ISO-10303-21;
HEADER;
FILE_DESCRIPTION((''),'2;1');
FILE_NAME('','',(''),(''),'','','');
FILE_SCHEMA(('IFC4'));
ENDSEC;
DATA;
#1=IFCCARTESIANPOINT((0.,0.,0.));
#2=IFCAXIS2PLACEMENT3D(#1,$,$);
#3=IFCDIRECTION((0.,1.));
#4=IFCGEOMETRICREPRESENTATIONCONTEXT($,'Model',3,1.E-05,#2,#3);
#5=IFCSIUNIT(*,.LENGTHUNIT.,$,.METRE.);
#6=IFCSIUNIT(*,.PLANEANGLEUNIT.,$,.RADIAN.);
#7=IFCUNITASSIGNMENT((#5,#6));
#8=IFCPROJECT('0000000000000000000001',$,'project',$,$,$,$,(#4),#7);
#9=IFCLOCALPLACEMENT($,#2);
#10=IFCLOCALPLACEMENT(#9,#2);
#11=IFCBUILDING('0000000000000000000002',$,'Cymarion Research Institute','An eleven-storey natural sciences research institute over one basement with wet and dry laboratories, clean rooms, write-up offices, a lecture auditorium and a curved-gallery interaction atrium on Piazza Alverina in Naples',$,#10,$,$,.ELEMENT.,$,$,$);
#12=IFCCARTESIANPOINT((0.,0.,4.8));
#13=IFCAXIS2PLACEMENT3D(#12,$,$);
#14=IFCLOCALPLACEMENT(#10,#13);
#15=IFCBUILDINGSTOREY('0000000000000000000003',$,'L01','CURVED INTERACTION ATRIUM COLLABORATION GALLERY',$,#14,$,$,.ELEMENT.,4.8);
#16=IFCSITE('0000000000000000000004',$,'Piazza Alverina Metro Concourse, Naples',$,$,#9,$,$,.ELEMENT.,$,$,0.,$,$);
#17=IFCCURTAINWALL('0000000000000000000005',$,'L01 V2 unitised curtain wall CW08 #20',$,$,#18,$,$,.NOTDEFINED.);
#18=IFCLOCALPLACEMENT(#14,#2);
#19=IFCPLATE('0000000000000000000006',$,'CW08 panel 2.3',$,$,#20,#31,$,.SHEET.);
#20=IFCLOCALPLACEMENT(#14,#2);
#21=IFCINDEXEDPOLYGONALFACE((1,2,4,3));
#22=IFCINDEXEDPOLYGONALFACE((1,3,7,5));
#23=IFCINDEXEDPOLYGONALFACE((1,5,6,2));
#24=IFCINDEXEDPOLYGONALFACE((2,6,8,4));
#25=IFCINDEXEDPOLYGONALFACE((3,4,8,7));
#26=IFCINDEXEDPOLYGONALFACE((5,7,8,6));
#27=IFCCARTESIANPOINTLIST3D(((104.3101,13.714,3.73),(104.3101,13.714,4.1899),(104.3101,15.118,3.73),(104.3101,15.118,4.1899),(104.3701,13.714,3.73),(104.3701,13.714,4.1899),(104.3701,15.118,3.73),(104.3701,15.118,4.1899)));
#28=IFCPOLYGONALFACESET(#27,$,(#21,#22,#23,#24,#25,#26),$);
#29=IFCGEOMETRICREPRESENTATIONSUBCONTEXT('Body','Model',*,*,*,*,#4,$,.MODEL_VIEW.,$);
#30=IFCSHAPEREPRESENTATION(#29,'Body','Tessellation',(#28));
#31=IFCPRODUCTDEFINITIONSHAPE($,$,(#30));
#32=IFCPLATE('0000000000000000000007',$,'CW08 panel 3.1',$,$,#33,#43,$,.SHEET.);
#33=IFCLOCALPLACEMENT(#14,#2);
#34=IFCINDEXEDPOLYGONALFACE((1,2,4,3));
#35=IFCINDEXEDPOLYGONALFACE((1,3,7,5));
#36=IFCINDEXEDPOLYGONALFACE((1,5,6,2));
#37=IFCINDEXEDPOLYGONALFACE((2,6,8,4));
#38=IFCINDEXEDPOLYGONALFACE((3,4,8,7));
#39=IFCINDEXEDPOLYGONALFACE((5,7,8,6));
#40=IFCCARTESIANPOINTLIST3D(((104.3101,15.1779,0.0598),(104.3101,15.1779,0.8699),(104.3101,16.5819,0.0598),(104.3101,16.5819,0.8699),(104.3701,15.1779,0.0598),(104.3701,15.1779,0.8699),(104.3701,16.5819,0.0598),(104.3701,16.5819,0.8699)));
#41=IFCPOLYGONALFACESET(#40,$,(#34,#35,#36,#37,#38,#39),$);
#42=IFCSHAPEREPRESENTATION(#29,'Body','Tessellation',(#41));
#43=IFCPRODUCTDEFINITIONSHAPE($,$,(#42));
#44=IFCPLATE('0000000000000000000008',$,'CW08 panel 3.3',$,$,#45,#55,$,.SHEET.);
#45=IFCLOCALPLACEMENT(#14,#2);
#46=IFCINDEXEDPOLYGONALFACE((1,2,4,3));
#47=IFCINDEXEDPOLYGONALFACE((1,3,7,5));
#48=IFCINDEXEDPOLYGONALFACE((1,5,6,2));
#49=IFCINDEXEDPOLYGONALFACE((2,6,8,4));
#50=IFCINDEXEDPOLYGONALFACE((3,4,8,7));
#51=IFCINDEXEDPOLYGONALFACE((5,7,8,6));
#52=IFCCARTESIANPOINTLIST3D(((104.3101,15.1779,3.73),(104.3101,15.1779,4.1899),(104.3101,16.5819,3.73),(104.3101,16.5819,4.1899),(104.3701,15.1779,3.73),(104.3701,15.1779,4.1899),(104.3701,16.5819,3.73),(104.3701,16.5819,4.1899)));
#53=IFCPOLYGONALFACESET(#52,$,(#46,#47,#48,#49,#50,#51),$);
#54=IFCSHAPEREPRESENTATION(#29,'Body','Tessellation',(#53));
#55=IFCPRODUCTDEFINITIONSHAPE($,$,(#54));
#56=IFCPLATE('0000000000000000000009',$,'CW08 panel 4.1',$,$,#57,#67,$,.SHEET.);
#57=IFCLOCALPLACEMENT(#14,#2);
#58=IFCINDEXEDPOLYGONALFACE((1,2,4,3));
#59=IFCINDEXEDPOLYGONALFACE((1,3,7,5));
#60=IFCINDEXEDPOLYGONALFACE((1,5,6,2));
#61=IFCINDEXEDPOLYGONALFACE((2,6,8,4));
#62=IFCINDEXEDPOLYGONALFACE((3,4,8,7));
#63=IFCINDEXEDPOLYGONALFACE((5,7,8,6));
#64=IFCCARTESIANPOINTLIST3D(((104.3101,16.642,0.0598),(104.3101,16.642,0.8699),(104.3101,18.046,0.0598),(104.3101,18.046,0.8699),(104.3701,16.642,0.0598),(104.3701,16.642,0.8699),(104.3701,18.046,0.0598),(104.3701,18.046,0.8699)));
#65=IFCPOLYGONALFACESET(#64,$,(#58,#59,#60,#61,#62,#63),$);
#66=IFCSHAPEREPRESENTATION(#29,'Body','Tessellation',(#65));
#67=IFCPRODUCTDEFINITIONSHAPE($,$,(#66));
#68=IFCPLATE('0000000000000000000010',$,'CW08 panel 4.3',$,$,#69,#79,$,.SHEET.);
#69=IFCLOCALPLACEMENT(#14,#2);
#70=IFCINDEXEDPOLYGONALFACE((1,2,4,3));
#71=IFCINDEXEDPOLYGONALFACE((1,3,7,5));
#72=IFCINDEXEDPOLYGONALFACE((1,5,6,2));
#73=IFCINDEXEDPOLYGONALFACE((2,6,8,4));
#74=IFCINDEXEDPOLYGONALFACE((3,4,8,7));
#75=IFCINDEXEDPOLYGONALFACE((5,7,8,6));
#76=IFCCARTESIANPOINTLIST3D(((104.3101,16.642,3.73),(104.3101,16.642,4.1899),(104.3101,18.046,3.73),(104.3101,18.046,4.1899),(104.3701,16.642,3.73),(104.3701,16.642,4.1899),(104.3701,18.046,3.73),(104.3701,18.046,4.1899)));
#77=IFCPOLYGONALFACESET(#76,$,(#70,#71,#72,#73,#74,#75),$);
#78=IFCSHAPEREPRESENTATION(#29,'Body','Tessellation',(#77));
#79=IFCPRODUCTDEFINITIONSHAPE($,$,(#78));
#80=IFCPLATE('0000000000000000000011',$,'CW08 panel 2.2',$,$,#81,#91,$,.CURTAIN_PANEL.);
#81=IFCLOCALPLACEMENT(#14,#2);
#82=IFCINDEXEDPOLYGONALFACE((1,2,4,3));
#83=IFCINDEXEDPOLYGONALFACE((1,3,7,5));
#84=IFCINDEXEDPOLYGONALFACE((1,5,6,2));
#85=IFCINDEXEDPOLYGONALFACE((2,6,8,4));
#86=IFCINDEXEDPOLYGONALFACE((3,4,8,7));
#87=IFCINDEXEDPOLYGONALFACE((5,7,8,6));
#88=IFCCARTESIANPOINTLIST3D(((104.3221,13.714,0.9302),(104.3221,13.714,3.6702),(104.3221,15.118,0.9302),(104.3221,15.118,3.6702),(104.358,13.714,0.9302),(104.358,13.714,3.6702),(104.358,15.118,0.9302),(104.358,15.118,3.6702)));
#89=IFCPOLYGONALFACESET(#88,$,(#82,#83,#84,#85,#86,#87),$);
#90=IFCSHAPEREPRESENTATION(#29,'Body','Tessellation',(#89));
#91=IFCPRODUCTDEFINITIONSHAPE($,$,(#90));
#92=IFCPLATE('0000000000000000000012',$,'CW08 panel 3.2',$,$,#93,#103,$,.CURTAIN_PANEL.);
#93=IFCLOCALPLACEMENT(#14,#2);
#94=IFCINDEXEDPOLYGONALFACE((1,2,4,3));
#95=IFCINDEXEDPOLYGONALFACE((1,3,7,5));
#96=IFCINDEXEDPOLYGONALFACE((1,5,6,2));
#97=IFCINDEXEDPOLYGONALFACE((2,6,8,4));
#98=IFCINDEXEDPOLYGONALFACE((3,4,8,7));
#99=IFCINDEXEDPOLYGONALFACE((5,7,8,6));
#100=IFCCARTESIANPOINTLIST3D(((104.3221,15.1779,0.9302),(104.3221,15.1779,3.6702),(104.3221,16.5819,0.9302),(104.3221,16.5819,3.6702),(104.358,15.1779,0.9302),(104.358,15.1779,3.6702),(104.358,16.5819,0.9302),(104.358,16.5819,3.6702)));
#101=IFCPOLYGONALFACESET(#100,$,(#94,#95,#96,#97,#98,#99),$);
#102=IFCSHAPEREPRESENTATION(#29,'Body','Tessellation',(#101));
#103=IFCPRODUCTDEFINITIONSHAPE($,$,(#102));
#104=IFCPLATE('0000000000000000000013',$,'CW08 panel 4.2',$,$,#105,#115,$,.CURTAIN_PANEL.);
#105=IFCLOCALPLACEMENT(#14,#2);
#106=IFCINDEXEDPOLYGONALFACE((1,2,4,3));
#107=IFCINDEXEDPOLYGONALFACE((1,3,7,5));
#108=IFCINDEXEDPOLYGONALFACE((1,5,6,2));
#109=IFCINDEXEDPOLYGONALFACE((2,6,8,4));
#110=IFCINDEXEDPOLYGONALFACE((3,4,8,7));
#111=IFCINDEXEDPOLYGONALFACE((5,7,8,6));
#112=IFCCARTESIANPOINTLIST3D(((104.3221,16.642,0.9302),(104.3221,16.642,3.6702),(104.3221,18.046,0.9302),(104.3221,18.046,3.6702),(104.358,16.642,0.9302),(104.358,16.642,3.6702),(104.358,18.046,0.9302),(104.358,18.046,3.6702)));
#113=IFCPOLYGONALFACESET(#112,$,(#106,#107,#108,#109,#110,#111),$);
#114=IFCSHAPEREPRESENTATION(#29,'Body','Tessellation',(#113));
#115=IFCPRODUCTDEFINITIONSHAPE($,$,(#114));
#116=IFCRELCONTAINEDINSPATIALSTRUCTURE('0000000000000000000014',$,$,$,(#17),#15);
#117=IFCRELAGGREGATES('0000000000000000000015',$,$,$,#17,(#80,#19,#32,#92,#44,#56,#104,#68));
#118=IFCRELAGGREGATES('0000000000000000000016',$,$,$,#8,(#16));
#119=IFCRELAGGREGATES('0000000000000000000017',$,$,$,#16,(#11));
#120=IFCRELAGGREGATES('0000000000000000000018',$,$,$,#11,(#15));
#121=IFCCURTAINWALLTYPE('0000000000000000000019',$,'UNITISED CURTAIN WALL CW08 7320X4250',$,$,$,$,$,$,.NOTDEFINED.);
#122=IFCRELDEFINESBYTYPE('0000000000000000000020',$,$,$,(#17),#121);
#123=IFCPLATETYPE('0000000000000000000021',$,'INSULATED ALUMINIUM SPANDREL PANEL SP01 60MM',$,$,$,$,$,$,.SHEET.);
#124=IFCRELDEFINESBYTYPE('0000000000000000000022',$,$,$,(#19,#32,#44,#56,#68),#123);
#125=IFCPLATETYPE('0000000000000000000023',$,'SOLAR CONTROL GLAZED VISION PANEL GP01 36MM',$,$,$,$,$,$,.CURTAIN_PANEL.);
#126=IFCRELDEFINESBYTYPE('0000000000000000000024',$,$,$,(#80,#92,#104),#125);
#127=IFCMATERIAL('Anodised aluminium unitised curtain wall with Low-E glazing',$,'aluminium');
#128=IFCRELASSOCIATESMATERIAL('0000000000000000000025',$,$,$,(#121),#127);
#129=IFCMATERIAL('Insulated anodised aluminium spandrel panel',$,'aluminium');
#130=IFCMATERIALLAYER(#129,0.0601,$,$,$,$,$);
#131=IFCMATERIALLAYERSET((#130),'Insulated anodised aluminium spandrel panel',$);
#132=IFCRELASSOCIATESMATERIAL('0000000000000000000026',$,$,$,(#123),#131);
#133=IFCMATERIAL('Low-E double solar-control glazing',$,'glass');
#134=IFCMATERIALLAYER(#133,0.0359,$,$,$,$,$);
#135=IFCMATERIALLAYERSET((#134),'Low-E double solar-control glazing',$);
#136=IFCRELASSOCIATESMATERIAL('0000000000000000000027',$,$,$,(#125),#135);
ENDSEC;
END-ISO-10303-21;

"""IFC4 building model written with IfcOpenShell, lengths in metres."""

from ifc_helpers import new_model, si_unit, direction, frame, origin, origin_2d, place, context, subcontext, project, spatial, rectangle, extrude, material, layer, layer_set, type_object, element, aggregate, save


model = new_model("IFC4")

# Units and contexts
model_context = context("Model", 3, precision=1e-05, world=origin(), true_north=direction((0.0, 1.0)))
body_context = subcontext(model_context, "Body", "Model", "MODEL_VIEW")
ifc_project = project(units=[si_unit("LENGTHUNIT", "METRE"), si_unit("PLANEANGLEUNIT", "RADIAN")], contexts=[model_context])

# Site, building, storey
site_placement = place(None, origin())
site = spatial("IfcSite", under=ifc_project, at=site_placement, Name="Piazza Alverina Metro Concourse, Naples", CompositionType="ELEMENT", RefElevation=0.0)
building_placement = place(site_placement, origin())
building = spatial("IfcBuilding", under=site, at=building_placement, Name="Cymarion Research Institute", Description="An eleven-storey natural sciences research institute over one basement with wet and dry laboratories, clean rooms, write-up offices, a lecture auditorium and a curved-gallery interaction atrium on Piazza Alverina in Naples", CompositionType="ELEMENT")
storey_placement = place(building_placement, frame((0.0, 0.0, 4.8)))
storey = spatial("IfcBuildingStorey", under=building, at=storey_placement, Name="L01", Description="CURVED INTERACTION ATRIUM COLLABORATION GALLERY", CompositionType="ELEMENT", Elevation=4.8)

# Curtain wall
ifc_material_1 = material(Name="Anodised aluminium unitised curtain wall with Low-E glazing", Category="aluminium")
curtain_wall_type = type_object("IfcCurtainWallType", Name="UNITISED CURTAIN WALL CW08 7320X4250", PredefinedType="NOTDEFINED", material=ifc_material_1)
curtain_wall_placement = place(storey_placement, origin())
curtain_wall = element("IfcCurtainWall", 1, at=curtain_wall_placement, inside=storey, type_object=curtain_wall_type, Name="L01 V2 unitised curtain wall CW08 #20", PredefinedType="NOTDEFINED")

# Plates
ifc_material_2 = material(Name="Insulated anodised aluminium spandrel panel", Category="aluminium")
ifc_layer_1 = layer(ifc_material_2, 0.0601)
ifc_layer_set_1 = layer_set([ifc_layer_1], Name="Insulated anodised aluminium spandrel panel")
plate_type_1 = type_object("IfcPlateType", Name="INSULATED ALUMINIUM SPANDREL PANEL SP01 60MM", PredefinedType="SHEET", material=ifc_layer_set_1)
plate_1_placement = place(storey_placement, frame((104.3401, 14.416, 3.73), z_axis=(0.0, 0.0, 1.0), x_axis=(0.0, 1.0, 0.0)))
plate_1 = element("IfcPlate", 2, at=plate_1_placement, type_object=plate_type_1, Name="CW08 panel 2.3", PredefinedType="SHEET", context=body_context, shape_type="SweptSolid", body=[
    extrude(rectangle(XDim=1.4041, YDim=0.0601, at=origin_2d()), origin(), (0.0, 0.0, 1.0), 0.46),
])
plate_2_placement = place(storey_placement, frame((104.3401, 15.8799, 0.0598), z_axis=(0.0, 0.0, 1.0), x_axis=(0.0, 1.0, 0.0)))
plate_2 = element("IfcPlate", 3, at=plate_2_placement, type_object=plate_type_1, Name="CW08 panel 3.1", PredefinedType="SHEET", context=body_context, shape_type="SweptSolid", body=[
    extrude(rectangle(XDim=1.4041, YDim=0.0601, at=origin_2d()), origin(), (0.0, 0.0, 1.0), 0.8101),
])
plate_3_placement = place(storey_placement, frame((104.3401, 15.8799, 3.73), z_axis=(0.0, 0.0, 1.0), x_axis=(0.0, 1.0, 0.0)))
plate_3 = element("IfcPlate", 4, at=plate_3_placement, type_object=plate_type_1, Name="CW08 panel 3.3", PredefinedType="SHEET", context=body_context, shape_type="SweptSolid", body=[
    extrude(rectangle(XDim=1.4041, YDim=0.0601, at=origin_2d()), origin(), (0.0, 0.0, 1.0), 0.46),
])
plate_4_placement = place(storey_placement, frame((104.3401, 17.344, 0.0598), z_axis=(0.0, 0.0, 1.0), x_axis=(0.0, 1.0, 0.0)))
plate_4 = element("IfcPlate", 5, at=plate_4_placement, type_object=plate_type_1, Name="CW08 panel 4.1", PredefinedType="SHEET", context=body_context, shape_type="SweptSolid", body=[
    extrude(rectangle(XDim=1.4041, YDim=0.0601, at=origin_2d()), origin(), (0.0, 0.0, 1.0), 0.8101),
])
plate_5_placement = place(storey_placement, frame((104.3401, 17.344, 3.73), z_axis=(0.0, 0.0, 1.0), x_axis=(0.0, 1.0, 0.0)))
plate_5 = element("IfcPlate", 6, at=plate_5_placement, type_object=plate_type_1, Name="CW08 panel 4.3", PredefinedType="SHEET", context=body_context, shape_type="SweptSolid", body=[
    extrude(rectangle(XDim=1.4041, YDim=0.0601, at=origin_2d()), origin(), (0.0, 0.0, 1.0), 0.46),
])
ifc_material_3 = material(Name="Low-E double solar-control glazing", Category="glass")
ifc_layer_2 = layer(ifc_material_3, 0.0359)
ifc_layer_set_2 = layer_set([ifc_layer_2], Name="Low-E double solar-control glazing")
plate_type_2 = type_object("IfcPlateType", Name="SOLAR CONTROL GLAZED VISION PANEL GP01 36MM", PredefinedType="CURTAIN_PANEL", material=ifc_layer_set_2)
plate_6_placement = place(storey_placement, frame((104.3401, 14.416, 0.9302), z_axis=(0.0, 0.0, 1.0), x_axis=(0.0, 1.0, 0.0)))
plate_6 = element("IfcPlate", 7, at=plate_6_placement, type_object=plate_type_2, Name="CW08 panel 2.2", PredefinedType="CURTAIN_PANEL", context=body_context, shape_type="SweptSolid", body=[
    extrude(rectangle(XDim=1.4041, YDim=0.0359, at=origin_2d()), origin(), (0.0, 0.0, 1.0), 2.74),
])
plate_7_placement = place(storey_placement, frame((104.3401, 15.8799, 0.9302), z_axis=(0.0, 0.0, 1.0), x_axis=(0.0, 1.0, 0.0)))
plate_7 = element("IfcPlate", 8, at=plate_7_placement, type_object=plate_type_2, Name="CW08 panel 3.2", PredefinedType="CURTAIN_PANEL", context=body_context, shape_type="SweptSolid", body=[
    extrude(rectangle(XDim=1.4041, YDim=0.0359, at=origin_2d()), origin(), (0.0, 0.0, 1.0), 2.74),
])
plate_8_placement = place(storey_placement, frame((104.3401, 17.344, 0.9302), z_axis=(0.0, 0.0, 1.0), x_axis=(0.0, 1.0, 0.0)))
plate_8 = element("IfcPlate", 9, at=plate_8_placement, type_object=plate_type_2, Name="CW08 panel 4.2", PredefinedType="CURTAIN_PANEL", context=body_context, shape_type="SweptSolid", body=[
    extrude(rectangle(XDim=1.4041, YDim=0.0359, at=origin_2d()), origin(), (0.0, 0.0, 1.0), 2.74),
])
aggregate(curtain_wall, [plate_6, plate_1, plate_2, plate_7, plate_3, plate_4, plate_8, plate_5])

save(model, "model.ifc")
